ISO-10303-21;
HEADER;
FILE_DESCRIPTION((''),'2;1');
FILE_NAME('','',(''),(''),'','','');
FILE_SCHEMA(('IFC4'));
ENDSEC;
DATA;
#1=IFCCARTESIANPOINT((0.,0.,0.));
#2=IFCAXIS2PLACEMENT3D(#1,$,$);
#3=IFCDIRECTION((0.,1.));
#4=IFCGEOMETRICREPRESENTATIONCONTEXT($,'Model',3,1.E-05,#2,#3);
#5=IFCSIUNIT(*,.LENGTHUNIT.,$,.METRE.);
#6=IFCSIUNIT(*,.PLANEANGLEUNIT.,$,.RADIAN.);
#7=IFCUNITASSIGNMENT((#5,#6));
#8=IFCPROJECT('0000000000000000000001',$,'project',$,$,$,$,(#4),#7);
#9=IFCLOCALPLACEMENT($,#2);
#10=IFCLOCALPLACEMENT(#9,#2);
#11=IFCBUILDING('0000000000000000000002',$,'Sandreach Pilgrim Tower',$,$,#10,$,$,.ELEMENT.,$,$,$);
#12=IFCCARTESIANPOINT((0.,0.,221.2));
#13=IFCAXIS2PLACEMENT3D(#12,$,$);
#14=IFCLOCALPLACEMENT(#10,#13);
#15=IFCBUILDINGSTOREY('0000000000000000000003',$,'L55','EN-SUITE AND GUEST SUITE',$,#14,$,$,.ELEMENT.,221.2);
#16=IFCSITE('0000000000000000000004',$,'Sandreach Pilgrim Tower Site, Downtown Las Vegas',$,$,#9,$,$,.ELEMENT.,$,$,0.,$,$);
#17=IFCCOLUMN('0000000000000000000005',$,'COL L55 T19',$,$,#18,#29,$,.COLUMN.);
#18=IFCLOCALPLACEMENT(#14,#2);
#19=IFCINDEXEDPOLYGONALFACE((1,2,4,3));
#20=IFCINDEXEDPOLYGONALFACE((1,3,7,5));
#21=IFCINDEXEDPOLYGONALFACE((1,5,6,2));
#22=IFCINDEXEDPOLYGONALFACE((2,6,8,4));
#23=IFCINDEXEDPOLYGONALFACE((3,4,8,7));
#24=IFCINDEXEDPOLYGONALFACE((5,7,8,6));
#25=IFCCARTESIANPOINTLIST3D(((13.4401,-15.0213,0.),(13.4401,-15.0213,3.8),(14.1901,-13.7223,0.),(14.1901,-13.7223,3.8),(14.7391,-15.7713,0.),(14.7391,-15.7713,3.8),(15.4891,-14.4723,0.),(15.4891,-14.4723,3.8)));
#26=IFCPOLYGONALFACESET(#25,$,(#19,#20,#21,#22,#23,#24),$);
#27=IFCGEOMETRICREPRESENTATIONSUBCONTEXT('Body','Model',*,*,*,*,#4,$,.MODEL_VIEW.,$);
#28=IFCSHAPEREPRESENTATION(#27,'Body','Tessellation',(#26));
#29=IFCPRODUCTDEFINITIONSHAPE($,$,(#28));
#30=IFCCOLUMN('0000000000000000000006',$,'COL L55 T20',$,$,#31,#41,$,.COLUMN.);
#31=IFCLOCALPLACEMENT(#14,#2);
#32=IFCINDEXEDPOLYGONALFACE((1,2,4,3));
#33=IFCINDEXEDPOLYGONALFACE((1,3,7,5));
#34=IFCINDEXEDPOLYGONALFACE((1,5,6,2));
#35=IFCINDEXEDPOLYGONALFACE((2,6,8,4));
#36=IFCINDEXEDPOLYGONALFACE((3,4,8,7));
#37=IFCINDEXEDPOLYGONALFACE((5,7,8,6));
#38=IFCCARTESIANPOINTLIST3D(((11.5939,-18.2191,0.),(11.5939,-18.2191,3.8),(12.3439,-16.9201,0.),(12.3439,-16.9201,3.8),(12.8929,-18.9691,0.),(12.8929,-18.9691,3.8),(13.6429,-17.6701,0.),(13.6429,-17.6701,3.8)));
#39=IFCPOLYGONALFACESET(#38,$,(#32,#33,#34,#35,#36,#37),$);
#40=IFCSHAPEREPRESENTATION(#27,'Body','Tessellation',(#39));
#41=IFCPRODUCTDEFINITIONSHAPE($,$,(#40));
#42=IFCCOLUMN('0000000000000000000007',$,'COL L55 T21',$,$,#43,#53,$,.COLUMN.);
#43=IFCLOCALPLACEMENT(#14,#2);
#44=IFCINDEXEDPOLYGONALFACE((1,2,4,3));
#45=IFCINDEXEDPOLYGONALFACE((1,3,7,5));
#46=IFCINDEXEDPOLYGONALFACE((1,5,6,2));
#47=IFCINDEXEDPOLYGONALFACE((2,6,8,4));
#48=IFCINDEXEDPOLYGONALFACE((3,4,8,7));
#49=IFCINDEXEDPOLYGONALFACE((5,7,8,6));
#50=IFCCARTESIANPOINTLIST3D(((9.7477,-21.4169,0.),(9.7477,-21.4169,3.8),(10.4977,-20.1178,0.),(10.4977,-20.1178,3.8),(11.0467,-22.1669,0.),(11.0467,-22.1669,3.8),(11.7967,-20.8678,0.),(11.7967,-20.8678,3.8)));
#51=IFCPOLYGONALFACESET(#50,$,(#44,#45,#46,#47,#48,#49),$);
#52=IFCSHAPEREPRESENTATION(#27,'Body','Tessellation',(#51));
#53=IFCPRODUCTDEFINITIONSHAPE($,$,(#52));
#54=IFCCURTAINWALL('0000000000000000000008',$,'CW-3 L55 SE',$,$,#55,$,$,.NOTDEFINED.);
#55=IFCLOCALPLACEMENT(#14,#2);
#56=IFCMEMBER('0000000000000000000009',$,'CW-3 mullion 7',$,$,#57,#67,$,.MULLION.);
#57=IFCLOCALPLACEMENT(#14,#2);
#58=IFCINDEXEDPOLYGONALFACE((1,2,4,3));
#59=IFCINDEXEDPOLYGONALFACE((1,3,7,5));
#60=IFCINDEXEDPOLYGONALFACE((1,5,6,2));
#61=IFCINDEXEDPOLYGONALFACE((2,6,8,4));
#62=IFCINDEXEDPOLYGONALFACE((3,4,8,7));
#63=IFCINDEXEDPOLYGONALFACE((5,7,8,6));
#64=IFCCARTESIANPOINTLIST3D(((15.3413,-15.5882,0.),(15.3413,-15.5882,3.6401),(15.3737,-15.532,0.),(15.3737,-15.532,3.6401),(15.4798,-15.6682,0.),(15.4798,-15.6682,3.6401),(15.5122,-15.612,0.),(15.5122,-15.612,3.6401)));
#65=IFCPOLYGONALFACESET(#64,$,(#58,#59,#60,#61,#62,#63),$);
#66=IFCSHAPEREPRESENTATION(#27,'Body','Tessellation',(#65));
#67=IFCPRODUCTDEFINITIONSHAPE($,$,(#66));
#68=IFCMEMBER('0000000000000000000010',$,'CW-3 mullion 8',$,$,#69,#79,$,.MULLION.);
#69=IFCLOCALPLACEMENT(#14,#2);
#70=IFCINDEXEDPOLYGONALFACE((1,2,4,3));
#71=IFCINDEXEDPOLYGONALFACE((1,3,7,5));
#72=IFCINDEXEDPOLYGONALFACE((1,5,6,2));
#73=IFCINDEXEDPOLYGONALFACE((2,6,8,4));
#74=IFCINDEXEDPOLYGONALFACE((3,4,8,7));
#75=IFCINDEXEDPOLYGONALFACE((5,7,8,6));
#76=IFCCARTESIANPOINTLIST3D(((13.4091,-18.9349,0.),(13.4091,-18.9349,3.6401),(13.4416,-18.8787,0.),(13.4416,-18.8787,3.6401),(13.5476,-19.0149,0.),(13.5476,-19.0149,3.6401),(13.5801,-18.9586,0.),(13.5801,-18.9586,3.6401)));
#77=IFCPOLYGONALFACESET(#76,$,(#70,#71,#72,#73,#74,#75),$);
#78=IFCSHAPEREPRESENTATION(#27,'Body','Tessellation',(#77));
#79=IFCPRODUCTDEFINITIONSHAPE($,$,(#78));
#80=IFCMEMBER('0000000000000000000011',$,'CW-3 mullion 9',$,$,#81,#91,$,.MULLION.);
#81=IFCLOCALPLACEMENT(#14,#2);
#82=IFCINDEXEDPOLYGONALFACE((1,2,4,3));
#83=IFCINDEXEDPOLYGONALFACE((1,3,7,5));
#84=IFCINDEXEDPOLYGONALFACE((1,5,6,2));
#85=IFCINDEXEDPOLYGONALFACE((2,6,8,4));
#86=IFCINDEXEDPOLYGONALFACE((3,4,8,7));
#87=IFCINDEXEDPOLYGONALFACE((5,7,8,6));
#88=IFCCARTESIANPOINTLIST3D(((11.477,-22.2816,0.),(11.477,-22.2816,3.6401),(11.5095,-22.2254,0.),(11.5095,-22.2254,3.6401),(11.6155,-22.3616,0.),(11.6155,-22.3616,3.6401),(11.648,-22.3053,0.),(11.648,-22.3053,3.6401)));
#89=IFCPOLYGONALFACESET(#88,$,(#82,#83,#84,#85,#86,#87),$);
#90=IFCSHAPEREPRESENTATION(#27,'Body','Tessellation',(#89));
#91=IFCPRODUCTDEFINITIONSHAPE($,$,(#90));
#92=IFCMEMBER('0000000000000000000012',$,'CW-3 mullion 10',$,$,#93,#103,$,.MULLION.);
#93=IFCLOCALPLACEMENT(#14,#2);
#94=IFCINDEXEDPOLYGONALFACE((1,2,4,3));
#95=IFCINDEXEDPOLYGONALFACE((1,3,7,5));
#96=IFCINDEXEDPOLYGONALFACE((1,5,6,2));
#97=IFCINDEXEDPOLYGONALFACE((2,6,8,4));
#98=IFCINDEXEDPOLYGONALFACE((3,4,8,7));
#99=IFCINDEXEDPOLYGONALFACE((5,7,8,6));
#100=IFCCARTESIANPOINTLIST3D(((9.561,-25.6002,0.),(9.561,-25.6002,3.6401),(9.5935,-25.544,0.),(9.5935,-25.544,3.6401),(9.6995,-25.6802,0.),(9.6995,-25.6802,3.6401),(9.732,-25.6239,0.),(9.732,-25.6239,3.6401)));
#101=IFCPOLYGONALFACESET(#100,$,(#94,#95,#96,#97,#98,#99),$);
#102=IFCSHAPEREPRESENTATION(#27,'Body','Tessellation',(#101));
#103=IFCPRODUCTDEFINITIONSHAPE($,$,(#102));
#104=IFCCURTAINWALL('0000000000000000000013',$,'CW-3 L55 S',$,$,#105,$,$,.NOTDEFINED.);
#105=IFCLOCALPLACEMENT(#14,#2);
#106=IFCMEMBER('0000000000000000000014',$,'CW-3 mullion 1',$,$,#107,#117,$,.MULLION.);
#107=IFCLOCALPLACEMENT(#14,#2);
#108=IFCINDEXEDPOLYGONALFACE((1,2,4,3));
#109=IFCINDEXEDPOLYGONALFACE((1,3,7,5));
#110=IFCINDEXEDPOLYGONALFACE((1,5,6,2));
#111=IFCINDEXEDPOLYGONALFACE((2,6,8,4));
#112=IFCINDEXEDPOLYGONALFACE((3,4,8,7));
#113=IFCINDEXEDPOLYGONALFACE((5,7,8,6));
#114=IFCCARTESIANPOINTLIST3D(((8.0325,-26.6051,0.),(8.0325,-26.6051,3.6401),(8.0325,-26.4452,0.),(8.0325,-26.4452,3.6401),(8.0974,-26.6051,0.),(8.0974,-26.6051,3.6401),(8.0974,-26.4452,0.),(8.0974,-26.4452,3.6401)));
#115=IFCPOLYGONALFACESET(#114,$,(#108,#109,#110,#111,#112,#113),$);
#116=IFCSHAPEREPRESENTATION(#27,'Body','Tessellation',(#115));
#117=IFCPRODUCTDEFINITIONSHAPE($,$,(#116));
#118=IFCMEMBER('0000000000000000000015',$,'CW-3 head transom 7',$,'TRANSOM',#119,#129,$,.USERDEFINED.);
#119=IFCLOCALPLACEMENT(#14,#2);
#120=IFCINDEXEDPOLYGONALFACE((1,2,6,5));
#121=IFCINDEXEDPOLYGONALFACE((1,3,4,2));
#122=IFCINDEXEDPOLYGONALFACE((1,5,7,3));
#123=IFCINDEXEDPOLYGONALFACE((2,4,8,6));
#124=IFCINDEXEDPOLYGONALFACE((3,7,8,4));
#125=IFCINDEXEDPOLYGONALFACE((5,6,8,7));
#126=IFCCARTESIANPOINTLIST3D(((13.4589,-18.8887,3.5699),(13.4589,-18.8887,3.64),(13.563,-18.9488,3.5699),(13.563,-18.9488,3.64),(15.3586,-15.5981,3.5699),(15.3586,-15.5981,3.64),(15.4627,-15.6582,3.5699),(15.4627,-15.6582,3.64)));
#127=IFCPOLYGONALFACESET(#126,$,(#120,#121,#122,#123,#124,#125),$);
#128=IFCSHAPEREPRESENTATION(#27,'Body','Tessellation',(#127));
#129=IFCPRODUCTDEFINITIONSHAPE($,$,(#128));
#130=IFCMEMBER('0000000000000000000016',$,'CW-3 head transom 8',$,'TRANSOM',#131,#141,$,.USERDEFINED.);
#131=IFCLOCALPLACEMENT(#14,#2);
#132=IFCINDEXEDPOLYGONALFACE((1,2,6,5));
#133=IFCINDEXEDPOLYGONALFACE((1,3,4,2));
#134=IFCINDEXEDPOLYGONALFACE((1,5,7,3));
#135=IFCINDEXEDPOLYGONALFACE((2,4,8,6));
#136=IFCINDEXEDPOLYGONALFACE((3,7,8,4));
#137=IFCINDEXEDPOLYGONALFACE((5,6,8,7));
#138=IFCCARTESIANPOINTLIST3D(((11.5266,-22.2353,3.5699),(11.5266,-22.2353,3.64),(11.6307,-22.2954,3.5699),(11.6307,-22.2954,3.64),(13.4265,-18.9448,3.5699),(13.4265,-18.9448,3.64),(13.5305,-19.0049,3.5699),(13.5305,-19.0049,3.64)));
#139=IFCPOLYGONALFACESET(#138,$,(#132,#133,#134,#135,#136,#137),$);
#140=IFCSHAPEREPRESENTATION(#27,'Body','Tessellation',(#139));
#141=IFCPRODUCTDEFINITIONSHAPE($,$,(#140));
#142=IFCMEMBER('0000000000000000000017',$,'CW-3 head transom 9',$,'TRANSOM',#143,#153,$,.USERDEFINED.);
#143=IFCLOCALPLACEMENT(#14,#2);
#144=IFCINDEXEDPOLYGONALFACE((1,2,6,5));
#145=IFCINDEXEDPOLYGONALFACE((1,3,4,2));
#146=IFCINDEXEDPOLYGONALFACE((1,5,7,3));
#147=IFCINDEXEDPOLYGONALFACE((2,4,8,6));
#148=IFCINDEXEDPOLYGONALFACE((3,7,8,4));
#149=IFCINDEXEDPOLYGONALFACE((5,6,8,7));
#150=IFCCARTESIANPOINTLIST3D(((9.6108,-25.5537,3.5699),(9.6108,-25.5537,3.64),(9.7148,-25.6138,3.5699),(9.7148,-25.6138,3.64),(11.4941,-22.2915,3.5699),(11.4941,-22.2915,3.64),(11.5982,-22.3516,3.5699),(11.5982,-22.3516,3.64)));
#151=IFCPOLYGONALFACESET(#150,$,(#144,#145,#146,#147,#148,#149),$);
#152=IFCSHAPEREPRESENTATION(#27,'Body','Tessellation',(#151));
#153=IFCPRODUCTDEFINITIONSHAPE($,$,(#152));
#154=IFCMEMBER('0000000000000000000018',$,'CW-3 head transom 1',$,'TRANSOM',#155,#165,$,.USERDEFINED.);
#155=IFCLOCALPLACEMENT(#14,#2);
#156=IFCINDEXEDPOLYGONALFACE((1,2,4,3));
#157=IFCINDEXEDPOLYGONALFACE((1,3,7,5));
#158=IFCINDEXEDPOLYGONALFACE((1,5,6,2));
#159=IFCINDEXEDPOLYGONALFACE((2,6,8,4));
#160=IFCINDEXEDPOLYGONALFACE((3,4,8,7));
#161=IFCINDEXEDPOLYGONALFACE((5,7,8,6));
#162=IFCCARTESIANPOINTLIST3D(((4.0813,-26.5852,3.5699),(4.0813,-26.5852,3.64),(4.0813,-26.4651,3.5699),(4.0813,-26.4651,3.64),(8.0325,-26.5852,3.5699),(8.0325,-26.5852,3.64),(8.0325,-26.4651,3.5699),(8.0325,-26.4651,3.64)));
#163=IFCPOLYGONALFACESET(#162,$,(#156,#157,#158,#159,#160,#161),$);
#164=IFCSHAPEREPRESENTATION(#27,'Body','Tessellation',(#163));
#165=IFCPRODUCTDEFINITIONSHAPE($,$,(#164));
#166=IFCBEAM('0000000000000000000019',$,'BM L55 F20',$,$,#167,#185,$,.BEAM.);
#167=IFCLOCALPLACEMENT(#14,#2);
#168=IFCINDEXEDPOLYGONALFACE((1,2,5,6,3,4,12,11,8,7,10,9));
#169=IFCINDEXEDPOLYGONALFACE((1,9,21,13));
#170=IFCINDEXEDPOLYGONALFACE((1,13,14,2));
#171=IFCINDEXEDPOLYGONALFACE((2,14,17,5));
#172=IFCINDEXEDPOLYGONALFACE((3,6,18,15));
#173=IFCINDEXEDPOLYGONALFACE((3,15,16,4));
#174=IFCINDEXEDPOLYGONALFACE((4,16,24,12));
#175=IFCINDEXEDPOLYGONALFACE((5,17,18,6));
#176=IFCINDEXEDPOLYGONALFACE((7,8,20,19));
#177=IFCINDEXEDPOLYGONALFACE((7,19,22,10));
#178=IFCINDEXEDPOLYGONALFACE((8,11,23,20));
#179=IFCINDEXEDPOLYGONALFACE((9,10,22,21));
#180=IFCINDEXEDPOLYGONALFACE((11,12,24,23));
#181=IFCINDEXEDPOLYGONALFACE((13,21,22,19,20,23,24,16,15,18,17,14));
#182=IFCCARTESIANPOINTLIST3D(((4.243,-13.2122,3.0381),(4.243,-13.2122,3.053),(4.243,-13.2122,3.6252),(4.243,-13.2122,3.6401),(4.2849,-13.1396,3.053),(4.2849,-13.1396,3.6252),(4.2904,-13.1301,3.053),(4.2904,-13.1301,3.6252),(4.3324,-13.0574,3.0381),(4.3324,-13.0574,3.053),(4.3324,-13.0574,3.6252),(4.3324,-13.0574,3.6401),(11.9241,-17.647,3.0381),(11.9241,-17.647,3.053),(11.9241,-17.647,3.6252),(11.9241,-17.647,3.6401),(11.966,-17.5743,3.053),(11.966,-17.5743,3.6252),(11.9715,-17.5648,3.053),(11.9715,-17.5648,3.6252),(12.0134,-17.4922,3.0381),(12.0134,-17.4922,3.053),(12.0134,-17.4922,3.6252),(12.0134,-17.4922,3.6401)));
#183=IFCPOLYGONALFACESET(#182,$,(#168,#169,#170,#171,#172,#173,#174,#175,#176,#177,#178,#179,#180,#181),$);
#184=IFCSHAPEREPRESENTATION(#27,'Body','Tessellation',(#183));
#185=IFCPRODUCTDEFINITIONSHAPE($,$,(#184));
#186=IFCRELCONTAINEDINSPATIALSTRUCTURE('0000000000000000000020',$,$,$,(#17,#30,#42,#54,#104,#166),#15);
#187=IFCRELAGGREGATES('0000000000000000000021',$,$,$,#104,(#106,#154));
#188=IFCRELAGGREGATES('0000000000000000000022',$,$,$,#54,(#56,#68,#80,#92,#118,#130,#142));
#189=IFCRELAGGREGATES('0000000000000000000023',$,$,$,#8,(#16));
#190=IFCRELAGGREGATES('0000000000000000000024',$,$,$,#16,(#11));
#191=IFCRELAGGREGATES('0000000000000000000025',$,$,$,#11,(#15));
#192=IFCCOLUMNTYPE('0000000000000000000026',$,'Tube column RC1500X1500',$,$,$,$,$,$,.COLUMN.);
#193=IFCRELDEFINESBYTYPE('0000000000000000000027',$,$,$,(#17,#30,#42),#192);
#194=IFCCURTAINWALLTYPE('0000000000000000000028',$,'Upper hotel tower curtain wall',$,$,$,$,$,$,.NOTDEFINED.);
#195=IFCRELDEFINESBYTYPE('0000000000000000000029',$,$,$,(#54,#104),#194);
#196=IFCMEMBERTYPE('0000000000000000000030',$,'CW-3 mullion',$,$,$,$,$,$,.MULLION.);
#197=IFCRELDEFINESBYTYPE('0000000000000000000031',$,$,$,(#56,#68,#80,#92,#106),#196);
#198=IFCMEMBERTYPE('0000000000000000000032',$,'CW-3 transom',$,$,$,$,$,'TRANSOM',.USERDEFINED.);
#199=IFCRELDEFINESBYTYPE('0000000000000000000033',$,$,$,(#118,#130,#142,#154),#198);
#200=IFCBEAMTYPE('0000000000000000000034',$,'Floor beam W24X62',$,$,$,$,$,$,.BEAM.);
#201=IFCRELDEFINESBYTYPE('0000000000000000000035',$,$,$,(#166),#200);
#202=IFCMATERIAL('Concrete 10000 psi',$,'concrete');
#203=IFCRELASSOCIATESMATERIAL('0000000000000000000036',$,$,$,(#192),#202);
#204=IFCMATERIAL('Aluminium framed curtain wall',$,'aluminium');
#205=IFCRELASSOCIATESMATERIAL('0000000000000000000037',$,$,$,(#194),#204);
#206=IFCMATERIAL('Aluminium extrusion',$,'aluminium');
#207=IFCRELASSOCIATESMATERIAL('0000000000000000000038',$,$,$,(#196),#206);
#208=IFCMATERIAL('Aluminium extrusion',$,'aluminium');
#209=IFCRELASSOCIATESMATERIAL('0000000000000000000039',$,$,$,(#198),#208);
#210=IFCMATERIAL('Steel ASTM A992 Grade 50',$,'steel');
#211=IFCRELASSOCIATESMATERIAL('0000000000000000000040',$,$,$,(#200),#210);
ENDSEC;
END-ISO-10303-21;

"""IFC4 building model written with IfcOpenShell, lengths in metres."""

from ifc_helpers import new_model, si_unit, direction, frame, origin, origin_2d, place, context, subcontext, project, spatial, rectangle, i_section, extrude, material, material_profile, profile_set, type_object, element, aggregate, save


model = new_model("IFC4")

# Units and contexts
model_context = context("Model", 3, precision=1e-05, world=origin(), true_north=direction((0.0, 1.0)))
body_context = subcontext(model_context, "Body", "Model", "MODEL_VIEW")
ifc_project = project(units=[si_unit("LENGTHUNIT", "METRE"), si_unit("PLANEANGLEUNIT", "RADIAN")], contexts=[model_context])

# Site, building, storey
site_placement = place(None, origin())
site = spatial("IfcSite", under=ifc_project, at=site_placement, Name="Sandreach Pilgrim Tower Site, Downtown Las Vegas", CompositionType="ELEMENT", RefElevation=0.0)
building_placement = place(site_placement, origin())
building = spatial("IfcBuilding", under=site, at=building_placement, Name="Sandreach Pilgrim Tower", CompositionType="ELEMENT")
storey_placement = place(building_placement, frame((0.0, 0.0, 221.2)))
storey = spatial("IfcBuildingStorey", under=building, at=storey_placement, Name="L55", Description="EN-SUITE AND GUEST SUITE", CompositionType="ELEMENT", Elevation=221.2)

# Columns
ifc_material_1 = material(Name="Concrete 10000 psi", Category="concrete")
ifc_material_profile_1 = material_profile(ifc_material_1, rectangle(XDim=1.5, YDim=1.5, at=origin_2d()), Name="RC1500X1500")
ifc_profile_set_1 = profile_set([ifc_material_profile_1], Name="Concrete 10000 psi")
column_type = type_object("IfcColumnType", Name="Tube column RC1500X1500", PredefinedType="COLUMN", material=ifc_profile_set_1)
for number, where, z_axis, x_axis, name in (
    (1, (14.4646, -14.7468, 0.0), (0.0, 0.0, 1.0), (0.866025, -0.5, 0.0), "COL L55 T19"),
    (2, (12.6184, -17.9446, 0.0), (0.0, 0.0, 1.0), (0.866025, -0.5, 0.0), "COL L55 T20"),
    (3, (10.7722, -21.1423, 0.0), (0.0, 0.0, 1.0), (0.866025, -0.5, 0.0), "COL L55 T21"),
):
    element("IfcColumn", number, at=place(storey_placement, frame(where, z_axis=z_axis, x_axis=x_axis)), inside=storey, type_object=column_type, Name=name, PredefinedType="COLUMN", context=body_context, shape_type="SweptSolid", body=[
        extrude(rectangle(XDim=1.5, YDim=1.5, at=origin_2d()), origin(), (0.0, 0.0, 1.0), 3.8),
    ])

# Curtain wall, members
ifc_material_2 = material(Name="Aluminium framed curtain wall", Category="aluminium")
curtain_wall_type = type_object("IfcCurtainWallType", Name="Upper hotel tower curtain wall", PredefinedType="NOTDEFINED", material=ifc_material_2)
curtain_wall_1_placement = place(storey_placement, origin())
curtain_wall_1 = element("IfcCurtainWall", 4, at=curtain_wall_1_placement, inside=storey, type_object=curtain_wall_type, Name="CW-3 L55 SE", PredefinedType="NOTDEFINED")
ifc_material_3 = material(Name="Aluminium extrusion", Category="aluminium")
ifc_material_profile_2 = material_profile(ifc_material_3, rectangle(XDim=0.0649, YDim=0.1599, at=origin_2d()), Name="CW-3M 65X160")
ifc_profile_set_2 = profile_set([ifc_material_profile_2], Name="Aluminium extrusion")
member_type_1 = type_object("IfcMemberType", Name="CW-3 mullion", PredefinedType="MULLION", material=ifc_profile_set_2)
member_1_placement = place(storey_placement, frame((15.4268, -15.6001, 0.0), z_axis=(0.0, 0.0, 1.0), x_axis=(-0.5, -0.866025, 0.0)))
member_1 = element("IfcMember", 5, at=member_1_placement, type_object=member_type_1, Name="CW-3 mullion 7", PredefinedType="MULLION", context=body_context, shape_type="SweptSolid", body=[
    extrude(rectangle(XDim=0.0649, YDim=0.1599, at=origin_2d()), origin(), (0.0, 0.0, 1.0), 3.6401),
])
member_2_placement = place(storey_placement, frame((13.4946, -18.9468, 0.0), z_axis=(0.0, 0.0, 1.0), x_axis=(-0.5, -0.866025, 0.0)))
member_2 = element("IfcMember", 6, at=member_2_placement, type_object=member_type_1, Name="CW-3 mullion 8", PredefinedType="MULLION", context=body_context, shape_type="SweptSolid", body=[
    extrude(rectangle(XDim=0.0649, YDim=0.1599, at=origin_2d()), origin(), (0.0, 0.0, 1.0), 3.6401),
])
member_3_placement = place(storey_placement, frame((11.5625, -22.2935, 0.0), z_axis=(0.0, 0.0, 1.0), x_axis=(-0.5, -0.866025, 0.0)))
member_3 = element("IfcMember", 7, at=member_3_placement, type_object=member_type_1, Name="CW-3 mullion 9", PredefinedType="MULLION", context=body_context, shape_type="SweptSolid", body=[
    extrude(rectangle(XDim=0.0649, YDim=0.1599, at=origin_2d()), origin(), (0.0, 0.0, 1.0), 3.6401),
])
member_4_placement = place(storey_placement, frame((9.6465, -25.6121, 0.0), z_axis=(0.0, 0.0, 1.0), x_axis=(-0.5, -0.866025, 0.0)))
member_4 = element("IfcMember", 8, at=member_4_placement, type_object=member_type_1, Name="CW-3 mullion 10", PredefinedType="MULLION", context=body_context, shape_type="SweptSolid", body=[
    extrude(rectangle(XDim=0.0649, YDim=0.1599, at=origin_2d()), origin(), (0.0, 0.0, 1.0), 3.6401),
])

# Curtain wall, member
curtain_wall_2_placement = place(storey_placement, origin())
curtain_wall_2 = element("IfcCurtainWall", 9, at=curtain_wall_2_placement, inside=storey, type_object=curtain_wall_type, Name="CW-3 L55 S", PredefinedType="NOTDEFINED")
member_5_placement = place(storey_placement, frame((8.0649, -26.5251, 0.0), z_axis=(0.0, 0.0, 1.0), x_axis=(-1.0, 0.0, 0.0)))
member_5 = element("IfcMember", 10, at=member_5_placement, type_object=member_type_1, Name="CW-3 mullion 1", PredefinedType="MULLION", context=body_context, shape_type="SweptSolid", body=[
    extrude(rectangle(XDim=0.0649, YDim=0.1599, at=origin_2d()), origin(), (0.0, 0.0, 1.0), 3.6401),
])

# Members
ifc_material_4 = material(Name="Aluminium extrusion", Category="aluminium")
ifc_material_profile_3 = material_profile(ifc_material_4, rectangle(XDim=0.1201, YDim=0.0701, at=origin_2d()), Name="CW-3T 120X70")
ifc_profile_set_3 = profile_set([ifc_material_profile_3], Name="Aluminium extrusion")
member_type_2 = type_object("IfcMemberType", Name="CW-3 transom", ElementType="TRANSOM", PredefinedType="USERDEFINED", material=ifc_profile_set_3)
member_6_placement = place(storey_placement, frame((15.4106, -15.6282, 3.605), z_axis=(-0.499975, -0.86604, 0.0), x_axis=(0.86604, -0.499975, 0.0)))
member_6 = element("IfcMember", 11, at=member_6_placement, type_object=member_type_2, Name="CW-3 head transom 7", ObjectType="TRANSOM", PredefinedType="USERDEFINED", context=body_context, shape_type="SweptSolid", body=[
    extrude(rectangle(XDim=0.1201, YDim=0.0701, at=origin_2d()), origin(), (0.0, 0.0, 1.0), 3.7996),
])
member_7_placement = place(storey_placement, frame((13.4785, -18.9749, 3.605), z_axis=(-0.500023, -0.866012, 0.0), x_axis=(0.866012, -0.500023, 0.0)))
member_7 = element("IfcMember", 12, at=member_7_placement, type_object=member_type_2, Name="CW-3 head transom 8", ObjectType="TRANSOM", PredefinedType="USERDEFINED", context=body_context, shape_type="SweptSolid", body=[
    extrude(rectangle(XDim=0.1201, YDim=0.0701, at=origin_2d()), origin(), (0.0, 0.0, 1.0), 3.7996),
])
member_8_placement = place(storey_placement, frame((11.5461, -22.3215, 3.605), z_axis=(-0.499973, -0.866041, 0.0), x_axis=(0.866041, -0.499973, 0.0)))
member_8 = element("IfcMember", 13, at=member_8_placement, type_object=member_type_2, Name="CW-3 head transom 9", ObjectType="TRANSOM", PredefinedType="USERDEFINED", context=body_context, shape_type="SweptSolid", body=[
    extrude(rectangle(XDim=0.1201, YDim=0.0701, at=origin_2d()), origin(), (0.0, 0.0, 1.0), 3.7668),
])
member_9_placement = place(storey_placement, frame((8.0325, -26.5251, 3.605), z_axis=(-1.0, 0.0, 0.0), x_axis=(0.0, -1.0, 0.0)))
member_9 = element("IfcMember", 14, at=member_9_placement, type_object=member_type_2, Name="CW-3 head transom 1", ObjectType="TRANSOM", PredefinedType="USERDEFINED", context=body_context, shape_type="SweptSolid", body=[
    extrude(rectangle(XDim=0.1201, YDim=0.0701, at=origin_2d()), origin(), (0.0, 0.0, 1.0), 3.9512),
])
aggregate(curtain_wall_2, [member_5, member_9])

# Beam
ifc_material_5 = material(Name="Steel ASTM A992 Grade 50", Category="steel")
ifc_material_profile_4 = material_profile(ifc_material_5, i_section(OverallWidth=0.1787, OverallDepth=0.6021, WebThickness=0.011, FlangeThickness=0.0149, at=origin_2d()), Name="W24X62")
ifc_profile_set_4 = profile_set([ifc_material_profile_4], Name="Steel ASTM A992 Grade 50")
beam_type_1 = type_object("IfcBeamType", Name="Floor beam W24X62", PredefinedType="BEAM", material=ifc_profile_set_4)
beam_1_placement = place(storey_placement, frame((11.9688, -17.5696, 3.3391), z_axis=(-0.866021, 0.500008, 0.0), x_axis=(-0.500008, -0.866021, 0.0)))
element("IfcBeam", 15, at=beam_1_placement, inside=storey, type_object=beam_type_1, Name="BM L55 F20", PredefinedType="BEAM", context=body_context, shape_type="SweptSolid", body=[
    extrude(i_section(OverallWidth=0.1787, OverallDepth=0.6021, WebThickness=0.011, FlangeThickness=0.0149, at=origin_2d()), origin(), (0.0, 0.0, 1.0), 8.8694),
])

aggregate(curtain_wall_1, [member_1, member_2, member_3, member_4, member_6, member_7, member_8])

save(model, "model.ifc")
